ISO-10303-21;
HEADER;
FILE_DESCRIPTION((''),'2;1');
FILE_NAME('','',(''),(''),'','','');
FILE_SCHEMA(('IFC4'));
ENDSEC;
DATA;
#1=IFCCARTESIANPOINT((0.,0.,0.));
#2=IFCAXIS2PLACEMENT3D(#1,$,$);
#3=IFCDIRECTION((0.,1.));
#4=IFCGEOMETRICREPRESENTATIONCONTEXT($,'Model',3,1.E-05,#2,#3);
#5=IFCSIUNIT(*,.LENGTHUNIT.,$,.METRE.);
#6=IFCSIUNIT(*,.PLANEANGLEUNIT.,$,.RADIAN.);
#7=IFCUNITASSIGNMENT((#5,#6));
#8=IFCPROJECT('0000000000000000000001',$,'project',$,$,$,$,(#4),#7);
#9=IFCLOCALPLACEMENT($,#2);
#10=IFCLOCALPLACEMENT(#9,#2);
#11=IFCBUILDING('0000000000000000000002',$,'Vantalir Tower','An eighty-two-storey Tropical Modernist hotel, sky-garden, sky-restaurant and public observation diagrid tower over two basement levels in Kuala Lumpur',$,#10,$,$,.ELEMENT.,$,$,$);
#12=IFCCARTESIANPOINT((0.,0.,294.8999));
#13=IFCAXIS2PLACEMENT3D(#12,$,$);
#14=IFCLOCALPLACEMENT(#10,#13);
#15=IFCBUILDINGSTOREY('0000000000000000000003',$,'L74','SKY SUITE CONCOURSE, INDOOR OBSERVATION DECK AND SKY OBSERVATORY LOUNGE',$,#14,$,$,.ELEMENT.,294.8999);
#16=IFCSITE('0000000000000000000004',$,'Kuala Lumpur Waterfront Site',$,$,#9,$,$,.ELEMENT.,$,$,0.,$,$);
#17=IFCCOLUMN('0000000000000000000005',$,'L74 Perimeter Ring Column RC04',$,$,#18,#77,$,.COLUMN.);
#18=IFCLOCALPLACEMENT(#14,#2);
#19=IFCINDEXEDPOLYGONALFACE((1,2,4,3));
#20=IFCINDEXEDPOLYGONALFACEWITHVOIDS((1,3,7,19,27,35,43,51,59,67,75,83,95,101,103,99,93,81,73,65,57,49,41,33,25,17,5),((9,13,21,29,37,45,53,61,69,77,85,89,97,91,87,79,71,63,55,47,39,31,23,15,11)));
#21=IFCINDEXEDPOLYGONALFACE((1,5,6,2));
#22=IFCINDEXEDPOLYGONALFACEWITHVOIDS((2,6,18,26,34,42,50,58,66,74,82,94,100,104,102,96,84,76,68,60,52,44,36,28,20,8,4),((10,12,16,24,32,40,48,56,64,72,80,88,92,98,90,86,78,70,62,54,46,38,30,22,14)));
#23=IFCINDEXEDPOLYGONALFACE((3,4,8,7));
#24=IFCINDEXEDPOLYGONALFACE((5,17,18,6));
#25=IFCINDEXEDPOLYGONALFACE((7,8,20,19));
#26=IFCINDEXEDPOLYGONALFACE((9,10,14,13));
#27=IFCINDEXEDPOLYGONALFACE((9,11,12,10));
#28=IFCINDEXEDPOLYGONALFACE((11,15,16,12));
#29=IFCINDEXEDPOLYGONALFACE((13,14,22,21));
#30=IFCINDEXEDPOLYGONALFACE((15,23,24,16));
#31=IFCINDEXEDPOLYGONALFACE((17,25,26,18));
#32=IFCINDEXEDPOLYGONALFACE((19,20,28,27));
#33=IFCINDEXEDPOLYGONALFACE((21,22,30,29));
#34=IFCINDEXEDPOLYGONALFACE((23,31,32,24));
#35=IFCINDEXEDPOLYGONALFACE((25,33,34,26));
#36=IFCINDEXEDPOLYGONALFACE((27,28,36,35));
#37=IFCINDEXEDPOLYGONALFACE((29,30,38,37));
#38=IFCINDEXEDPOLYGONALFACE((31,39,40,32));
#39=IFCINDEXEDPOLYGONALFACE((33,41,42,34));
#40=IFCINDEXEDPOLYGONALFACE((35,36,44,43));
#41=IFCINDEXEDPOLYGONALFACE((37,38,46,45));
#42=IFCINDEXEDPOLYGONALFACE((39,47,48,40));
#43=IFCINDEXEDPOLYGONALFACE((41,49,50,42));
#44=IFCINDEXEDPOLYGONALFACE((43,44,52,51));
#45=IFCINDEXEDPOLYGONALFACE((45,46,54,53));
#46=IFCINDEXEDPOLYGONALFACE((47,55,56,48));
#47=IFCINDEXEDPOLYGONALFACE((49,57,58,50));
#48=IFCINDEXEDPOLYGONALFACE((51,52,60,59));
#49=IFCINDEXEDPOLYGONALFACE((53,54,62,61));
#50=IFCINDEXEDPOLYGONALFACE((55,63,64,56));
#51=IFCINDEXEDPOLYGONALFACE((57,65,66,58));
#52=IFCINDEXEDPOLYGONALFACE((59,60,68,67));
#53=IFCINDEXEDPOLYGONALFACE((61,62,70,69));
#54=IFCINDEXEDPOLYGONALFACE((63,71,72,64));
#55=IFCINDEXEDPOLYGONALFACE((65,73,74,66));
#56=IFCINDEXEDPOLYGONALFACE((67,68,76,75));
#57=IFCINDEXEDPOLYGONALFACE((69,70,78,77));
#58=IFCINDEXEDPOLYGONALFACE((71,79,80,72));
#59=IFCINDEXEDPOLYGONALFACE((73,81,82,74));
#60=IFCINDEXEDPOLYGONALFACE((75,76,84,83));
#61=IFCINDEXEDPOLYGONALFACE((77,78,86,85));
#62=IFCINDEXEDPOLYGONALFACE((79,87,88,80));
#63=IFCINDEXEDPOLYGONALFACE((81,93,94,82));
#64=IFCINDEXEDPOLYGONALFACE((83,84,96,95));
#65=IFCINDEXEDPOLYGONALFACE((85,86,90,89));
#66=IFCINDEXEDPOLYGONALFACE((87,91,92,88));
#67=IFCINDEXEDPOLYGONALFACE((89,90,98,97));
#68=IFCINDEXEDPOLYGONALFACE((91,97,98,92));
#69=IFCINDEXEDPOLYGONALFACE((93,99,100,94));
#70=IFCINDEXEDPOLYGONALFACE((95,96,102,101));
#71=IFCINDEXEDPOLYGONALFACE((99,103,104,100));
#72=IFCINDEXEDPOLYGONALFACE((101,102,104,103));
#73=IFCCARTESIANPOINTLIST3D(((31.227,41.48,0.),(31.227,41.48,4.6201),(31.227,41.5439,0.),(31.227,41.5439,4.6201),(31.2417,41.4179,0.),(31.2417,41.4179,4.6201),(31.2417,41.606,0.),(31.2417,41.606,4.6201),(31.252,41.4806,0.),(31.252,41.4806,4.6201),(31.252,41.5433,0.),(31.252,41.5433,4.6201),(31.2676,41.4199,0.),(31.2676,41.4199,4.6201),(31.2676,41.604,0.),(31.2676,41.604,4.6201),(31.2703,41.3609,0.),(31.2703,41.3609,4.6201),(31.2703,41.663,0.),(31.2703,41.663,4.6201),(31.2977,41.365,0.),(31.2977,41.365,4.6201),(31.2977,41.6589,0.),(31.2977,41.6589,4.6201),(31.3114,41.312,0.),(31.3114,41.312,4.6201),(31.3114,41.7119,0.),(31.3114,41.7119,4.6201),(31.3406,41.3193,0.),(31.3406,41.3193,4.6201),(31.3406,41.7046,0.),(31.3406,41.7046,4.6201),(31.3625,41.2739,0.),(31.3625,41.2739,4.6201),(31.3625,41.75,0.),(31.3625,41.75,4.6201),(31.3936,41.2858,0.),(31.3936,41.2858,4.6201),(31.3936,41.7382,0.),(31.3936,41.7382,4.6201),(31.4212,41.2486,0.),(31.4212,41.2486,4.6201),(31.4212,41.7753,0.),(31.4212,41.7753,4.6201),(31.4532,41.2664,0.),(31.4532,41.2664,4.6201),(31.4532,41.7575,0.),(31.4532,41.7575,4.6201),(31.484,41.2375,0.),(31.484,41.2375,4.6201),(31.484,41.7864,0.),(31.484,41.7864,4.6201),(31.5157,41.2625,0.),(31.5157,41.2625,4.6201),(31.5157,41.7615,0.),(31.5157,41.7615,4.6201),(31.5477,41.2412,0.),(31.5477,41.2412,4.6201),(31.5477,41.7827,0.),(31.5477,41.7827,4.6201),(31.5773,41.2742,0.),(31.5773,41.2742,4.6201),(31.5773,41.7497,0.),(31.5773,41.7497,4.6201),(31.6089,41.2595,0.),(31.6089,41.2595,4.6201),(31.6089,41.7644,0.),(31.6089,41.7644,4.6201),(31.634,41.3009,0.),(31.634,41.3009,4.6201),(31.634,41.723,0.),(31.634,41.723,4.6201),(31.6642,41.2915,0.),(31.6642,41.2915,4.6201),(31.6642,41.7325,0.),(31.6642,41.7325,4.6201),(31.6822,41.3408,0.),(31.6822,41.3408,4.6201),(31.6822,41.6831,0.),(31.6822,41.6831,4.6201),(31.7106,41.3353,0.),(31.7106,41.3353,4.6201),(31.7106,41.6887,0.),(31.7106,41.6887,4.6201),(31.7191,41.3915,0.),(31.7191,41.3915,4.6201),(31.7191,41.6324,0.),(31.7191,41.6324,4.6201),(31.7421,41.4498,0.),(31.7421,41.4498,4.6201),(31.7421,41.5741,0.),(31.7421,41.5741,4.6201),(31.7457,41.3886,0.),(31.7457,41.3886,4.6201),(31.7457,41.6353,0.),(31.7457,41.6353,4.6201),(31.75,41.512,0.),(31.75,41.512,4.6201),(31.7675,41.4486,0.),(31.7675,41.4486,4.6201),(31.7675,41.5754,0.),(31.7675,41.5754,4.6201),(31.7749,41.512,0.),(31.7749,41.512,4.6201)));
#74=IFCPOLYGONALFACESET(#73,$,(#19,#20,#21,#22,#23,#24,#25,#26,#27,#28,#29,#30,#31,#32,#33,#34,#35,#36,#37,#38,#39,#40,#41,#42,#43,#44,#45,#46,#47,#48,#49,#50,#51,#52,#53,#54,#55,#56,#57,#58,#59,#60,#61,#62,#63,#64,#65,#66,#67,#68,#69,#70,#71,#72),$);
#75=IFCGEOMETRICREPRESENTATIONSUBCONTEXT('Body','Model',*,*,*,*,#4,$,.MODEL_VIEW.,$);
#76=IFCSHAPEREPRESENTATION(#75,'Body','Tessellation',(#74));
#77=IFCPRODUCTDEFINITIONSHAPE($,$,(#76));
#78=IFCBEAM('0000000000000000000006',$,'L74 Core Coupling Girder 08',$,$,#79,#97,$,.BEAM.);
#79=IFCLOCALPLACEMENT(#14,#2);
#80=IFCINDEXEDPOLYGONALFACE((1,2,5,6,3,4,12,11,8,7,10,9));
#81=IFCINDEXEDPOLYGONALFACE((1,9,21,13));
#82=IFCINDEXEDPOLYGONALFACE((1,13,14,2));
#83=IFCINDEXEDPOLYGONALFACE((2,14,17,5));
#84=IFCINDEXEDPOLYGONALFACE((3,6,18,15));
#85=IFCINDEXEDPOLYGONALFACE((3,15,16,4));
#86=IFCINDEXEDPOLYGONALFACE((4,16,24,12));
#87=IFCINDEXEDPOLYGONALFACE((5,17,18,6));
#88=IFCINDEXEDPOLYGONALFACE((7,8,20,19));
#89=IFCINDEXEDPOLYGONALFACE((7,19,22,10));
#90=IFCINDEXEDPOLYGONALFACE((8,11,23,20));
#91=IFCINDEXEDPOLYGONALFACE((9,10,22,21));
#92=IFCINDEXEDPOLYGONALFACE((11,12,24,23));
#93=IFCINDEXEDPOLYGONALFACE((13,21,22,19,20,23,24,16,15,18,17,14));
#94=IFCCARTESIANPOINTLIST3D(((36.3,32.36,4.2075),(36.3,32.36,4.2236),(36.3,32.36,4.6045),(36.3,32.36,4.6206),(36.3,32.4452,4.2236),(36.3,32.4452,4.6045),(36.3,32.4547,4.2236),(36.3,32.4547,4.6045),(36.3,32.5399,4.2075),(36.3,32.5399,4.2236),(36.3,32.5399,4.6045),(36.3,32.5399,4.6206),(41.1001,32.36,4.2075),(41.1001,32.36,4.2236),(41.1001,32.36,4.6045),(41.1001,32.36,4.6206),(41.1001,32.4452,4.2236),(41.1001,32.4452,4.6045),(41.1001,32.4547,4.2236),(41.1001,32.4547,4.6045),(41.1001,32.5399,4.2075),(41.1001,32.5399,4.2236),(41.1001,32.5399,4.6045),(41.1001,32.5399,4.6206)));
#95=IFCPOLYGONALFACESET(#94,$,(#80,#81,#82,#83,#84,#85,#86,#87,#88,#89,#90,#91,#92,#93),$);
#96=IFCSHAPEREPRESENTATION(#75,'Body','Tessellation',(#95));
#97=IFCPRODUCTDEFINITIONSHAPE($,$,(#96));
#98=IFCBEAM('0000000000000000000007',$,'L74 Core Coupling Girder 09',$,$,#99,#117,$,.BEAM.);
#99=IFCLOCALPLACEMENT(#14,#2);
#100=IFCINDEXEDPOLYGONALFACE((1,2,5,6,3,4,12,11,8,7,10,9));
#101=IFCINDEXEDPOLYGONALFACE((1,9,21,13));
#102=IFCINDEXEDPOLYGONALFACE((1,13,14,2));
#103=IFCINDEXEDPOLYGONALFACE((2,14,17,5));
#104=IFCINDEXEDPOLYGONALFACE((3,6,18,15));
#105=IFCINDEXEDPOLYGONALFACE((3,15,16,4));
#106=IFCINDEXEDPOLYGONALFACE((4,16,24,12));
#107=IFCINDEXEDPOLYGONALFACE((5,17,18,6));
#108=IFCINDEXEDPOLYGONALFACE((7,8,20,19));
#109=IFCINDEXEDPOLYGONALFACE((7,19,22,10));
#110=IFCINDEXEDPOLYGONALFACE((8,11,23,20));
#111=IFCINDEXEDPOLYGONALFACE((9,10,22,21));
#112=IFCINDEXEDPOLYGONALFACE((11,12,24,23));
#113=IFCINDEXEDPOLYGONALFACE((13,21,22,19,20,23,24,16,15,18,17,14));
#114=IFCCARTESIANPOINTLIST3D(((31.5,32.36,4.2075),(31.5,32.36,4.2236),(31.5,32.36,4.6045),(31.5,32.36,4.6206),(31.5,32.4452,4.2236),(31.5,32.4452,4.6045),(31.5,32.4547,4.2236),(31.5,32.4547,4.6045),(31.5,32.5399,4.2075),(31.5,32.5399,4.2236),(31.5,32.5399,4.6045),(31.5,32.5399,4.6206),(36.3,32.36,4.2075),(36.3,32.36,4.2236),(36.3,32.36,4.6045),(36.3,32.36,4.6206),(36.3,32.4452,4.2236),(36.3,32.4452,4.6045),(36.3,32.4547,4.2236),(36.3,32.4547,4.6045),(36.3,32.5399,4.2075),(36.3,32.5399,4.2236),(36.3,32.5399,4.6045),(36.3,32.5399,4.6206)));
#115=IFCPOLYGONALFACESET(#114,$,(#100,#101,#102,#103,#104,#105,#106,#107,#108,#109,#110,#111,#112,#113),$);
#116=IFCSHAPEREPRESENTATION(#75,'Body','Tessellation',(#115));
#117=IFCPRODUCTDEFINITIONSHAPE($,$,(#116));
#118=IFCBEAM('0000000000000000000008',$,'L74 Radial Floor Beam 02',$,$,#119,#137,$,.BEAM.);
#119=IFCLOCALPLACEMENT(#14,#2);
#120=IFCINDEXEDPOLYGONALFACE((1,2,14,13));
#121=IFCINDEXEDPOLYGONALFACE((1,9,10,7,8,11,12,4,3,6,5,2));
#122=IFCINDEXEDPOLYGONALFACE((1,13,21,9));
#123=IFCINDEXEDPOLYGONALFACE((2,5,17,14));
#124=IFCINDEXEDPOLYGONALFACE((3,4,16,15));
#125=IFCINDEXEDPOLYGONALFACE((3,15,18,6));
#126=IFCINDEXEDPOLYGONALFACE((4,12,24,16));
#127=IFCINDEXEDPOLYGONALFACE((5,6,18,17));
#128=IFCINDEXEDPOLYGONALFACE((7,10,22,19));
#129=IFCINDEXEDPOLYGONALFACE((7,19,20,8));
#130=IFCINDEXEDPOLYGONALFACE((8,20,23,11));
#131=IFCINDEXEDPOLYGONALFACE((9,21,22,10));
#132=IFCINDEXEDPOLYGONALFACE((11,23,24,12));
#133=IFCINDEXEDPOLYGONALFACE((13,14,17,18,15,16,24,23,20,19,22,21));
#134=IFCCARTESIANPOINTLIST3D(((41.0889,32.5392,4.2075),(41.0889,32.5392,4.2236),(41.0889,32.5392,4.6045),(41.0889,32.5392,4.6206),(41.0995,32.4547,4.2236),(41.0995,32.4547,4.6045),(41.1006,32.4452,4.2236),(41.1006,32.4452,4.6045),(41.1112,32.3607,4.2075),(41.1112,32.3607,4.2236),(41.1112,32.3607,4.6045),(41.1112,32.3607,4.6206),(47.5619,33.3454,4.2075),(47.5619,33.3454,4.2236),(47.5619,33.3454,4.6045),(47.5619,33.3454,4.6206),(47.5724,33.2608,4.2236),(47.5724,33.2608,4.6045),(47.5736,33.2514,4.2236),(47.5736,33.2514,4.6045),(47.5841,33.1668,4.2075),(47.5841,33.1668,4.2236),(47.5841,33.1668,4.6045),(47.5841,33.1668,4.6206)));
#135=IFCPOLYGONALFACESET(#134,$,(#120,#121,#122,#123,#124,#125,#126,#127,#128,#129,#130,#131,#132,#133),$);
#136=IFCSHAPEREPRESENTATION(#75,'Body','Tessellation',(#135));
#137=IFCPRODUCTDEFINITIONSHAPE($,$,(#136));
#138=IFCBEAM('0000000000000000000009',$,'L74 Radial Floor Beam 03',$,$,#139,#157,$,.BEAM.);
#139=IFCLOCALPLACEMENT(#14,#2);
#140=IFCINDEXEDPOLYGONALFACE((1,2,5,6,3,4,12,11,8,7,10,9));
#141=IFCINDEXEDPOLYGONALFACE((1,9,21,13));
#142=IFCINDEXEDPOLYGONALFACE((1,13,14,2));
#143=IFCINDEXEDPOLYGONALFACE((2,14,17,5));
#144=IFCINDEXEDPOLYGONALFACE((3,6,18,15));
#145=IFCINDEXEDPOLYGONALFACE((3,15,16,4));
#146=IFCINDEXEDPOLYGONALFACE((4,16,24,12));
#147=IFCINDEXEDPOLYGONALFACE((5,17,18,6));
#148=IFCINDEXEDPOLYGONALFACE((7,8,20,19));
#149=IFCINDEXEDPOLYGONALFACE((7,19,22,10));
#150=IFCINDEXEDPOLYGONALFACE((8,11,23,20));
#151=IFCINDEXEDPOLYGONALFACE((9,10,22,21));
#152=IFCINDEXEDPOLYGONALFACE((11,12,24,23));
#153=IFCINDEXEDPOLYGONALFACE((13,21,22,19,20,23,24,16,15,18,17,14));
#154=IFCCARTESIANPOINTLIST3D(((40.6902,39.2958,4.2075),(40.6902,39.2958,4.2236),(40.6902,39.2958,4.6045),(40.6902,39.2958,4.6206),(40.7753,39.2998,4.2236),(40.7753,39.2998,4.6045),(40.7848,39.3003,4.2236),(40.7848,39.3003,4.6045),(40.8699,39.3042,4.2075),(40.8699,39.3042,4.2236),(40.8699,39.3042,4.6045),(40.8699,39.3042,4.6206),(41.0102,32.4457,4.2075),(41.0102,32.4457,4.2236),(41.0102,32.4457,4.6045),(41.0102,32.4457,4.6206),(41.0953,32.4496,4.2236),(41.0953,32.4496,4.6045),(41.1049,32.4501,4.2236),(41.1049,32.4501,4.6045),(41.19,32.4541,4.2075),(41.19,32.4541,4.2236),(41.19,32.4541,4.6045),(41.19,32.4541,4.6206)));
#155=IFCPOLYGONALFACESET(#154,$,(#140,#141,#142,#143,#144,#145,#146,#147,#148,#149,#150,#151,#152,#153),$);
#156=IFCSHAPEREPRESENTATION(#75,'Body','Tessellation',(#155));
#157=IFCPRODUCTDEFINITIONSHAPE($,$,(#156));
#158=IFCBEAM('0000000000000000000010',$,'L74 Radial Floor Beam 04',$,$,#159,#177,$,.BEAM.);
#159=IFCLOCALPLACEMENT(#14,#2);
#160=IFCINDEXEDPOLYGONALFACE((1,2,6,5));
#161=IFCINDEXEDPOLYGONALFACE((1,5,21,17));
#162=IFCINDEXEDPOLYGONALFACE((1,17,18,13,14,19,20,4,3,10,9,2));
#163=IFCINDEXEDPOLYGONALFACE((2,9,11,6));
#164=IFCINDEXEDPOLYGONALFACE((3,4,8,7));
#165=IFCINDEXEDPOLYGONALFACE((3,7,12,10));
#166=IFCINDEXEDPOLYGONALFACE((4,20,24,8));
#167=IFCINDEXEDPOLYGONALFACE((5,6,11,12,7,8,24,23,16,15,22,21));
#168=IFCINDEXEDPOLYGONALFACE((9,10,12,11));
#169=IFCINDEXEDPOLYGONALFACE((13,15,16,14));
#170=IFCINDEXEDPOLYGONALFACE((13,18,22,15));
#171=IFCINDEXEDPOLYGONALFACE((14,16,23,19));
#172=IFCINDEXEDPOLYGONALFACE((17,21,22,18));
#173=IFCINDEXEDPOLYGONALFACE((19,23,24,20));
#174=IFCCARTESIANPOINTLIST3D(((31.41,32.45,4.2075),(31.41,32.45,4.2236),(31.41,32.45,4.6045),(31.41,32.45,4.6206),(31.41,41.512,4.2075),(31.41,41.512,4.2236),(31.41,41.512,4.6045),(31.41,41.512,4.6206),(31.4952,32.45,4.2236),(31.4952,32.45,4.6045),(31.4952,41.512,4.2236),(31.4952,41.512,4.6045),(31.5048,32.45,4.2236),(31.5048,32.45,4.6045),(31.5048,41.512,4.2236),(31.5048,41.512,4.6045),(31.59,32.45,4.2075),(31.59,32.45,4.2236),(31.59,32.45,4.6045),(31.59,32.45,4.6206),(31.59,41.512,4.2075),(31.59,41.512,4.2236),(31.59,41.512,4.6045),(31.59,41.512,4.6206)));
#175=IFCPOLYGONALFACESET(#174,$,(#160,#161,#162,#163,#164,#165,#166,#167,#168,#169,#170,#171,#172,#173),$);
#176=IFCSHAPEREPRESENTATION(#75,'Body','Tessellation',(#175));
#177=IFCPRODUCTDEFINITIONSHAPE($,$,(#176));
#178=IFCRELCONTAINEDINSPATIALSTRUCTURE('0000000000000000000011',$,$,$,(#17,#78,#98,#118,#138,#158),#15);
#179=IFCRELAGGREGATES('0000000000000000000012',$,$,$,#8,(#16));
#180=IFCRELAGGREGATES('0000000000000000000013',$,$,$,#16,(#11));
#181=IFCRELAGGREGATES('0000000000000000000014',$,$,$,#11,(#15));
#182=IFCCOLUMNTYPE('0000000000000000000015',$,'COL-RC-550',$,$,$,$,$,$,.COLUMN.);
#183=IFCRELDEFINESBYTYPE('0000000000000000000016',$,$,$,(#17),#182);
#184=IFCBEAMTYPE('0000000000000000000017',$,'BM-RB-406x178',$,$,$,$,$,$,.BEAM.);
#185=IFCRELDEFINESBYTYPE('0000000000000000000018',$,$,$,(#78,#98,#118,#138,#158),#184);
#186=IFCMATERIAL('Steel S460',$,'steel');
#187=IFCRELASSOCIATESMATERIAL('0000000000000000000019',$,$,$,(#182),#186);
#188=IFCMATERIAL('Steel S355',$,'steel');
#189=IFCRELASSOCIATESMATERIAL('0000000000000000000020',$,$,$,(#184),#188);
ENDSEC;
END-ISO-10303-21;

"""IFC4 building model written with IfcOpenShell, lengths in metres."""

from ifc_helpers import new_model, si_unit, direction, frame, origin, origin_2d, place, context, subcontext, project, spatial, hollow_circle, i_section, extrude, material, material_profile, profile_set, type_object, element, save


model = new_model("IFC4")

# Units and contexts
model_context = context("Model", 3, precision=1e-05, world=origin(), true_north=direction((0.0, 1.0)))
body_context = subcontext(model_context, "Body", "Model", "MODEL_VIEW")
ifc_project = project(units=[si_unit("LENGTHUNIT", "METRE"), si_unit("PLANEANGLEUNIT", "RADIAN")], contexts=[model_context])

# Site, building, storey
site_placement = place(None, origin())
site = spatial("IfcSite", under=ifc_project, at=site_placement, Name="Kuala Lumpur Waterfront Site", CompositionType="ELEMENT", RefElevation=0.0)
building_placement = place(site_placement, origin())
building = spatial("IfcBuilding", under=site, at=building_placement, Name="Vantalir Tower", Description="An eighty-two-storey Tropical Modernist hotel, sky-garden, sky-restaurant and public observation diagrid tower over two basement levels in Kuala Lumpur", CompositionType="ELEMENT")
storey_placement = place(building_placement, frame((0.0, 0.0, 294.8999)))
storey = spatial("IfcBuildingStorey", under=building, at=storey_placement, Name="L74", Description="SKY SUITE CONCOURSE, INDOOR OBSERVATION DECK AND SKY OBSERVATORY LOUNGE", CompositionType="ELEMENT", Elevation=294.8999)

# Column
ifc_material_1 = material(Name="Steel S460", Category="steel")
ifc_material_profile_1 = material_profile(ifc_material_1, hollow_circle(Radius=0.2749, WallThickness=0.0249, at=origin_2d()), Name="Steel S460")
ifc_profile_set_1 = profile_set([ifc_material_profile_1], Name="Steel S460")
column_type_1 = type_object("IfcColumnType", Name="COL-RC-550", PredefinedType="COLUMN", material=ifc_profile_set_1)
for number, where, z_axis, x_axis, name in (
    (1, (31.5, 41.512, 0.0), (0.0, 0.0, 1.0), (1.0, 0.0, 0.0), "L74 Perimeter Ring Column RC04"),
):
    element("IfcColumn", number, at=place(storey_placement, frame(where, z_axis=z_axis, x_axis=x_axis)), inside=storey, type_object=column_type_1, Name=name, PredefinedType="COLUMN", context=body_context, shape_type="SweptSolid", body=[
        extrude(hollow_circle(Radius=0.2749, WallThickness=0.0249, at=origin_2d()), origin(), (0.0, 0.0, 1.0), 4.6201),
    ])

# Beams
ifc_material_2 = material(Name="Steel S355", Category="steel")
ifc_material_profile_2 = material_profile(ifc_material_2, i_section(OverallWidth=0.1799, OverallDepth=0.4131, WebThickness=0.0095, FlangeThickness=0.0161, at=origin_2d()), Name="Steel S355")
ifc_profile_set_2 = profile_set([ifc_material_profile_2], Name="Steel S355")
beam_type_1 = type_object("IfcBeamType", Name="BM-RB-406x178", PredefinedType="BEAM", material=ifc_profile_set_2)
for number, where, z_axis, x_axis, name in (
    (2, (41.1001, 32.45, 4.4141), (-1.0, 0.0, 0.0), (0.0, -1.0, 0.0), "L74 Core Coupling Girder 08"),
    (3, (36.3, 32.45, 4.4141), (-1.0, 0.0, 0.0), (0.0, -1.0, 0.0), "L74 Core Coupling Girder 09"),
):
    element("IfcBeam", number, at=place(storey_placement, frame(where, z_axis=z_axis, x_axis=x_axis)), inside=storey, type_object=beam_type_1, Name=name, PredefinedType="BEAM", context=body_context, shape_type="SweptSolid", body=[
        extrude(i_section(OverallWidth=0.1799, OverallDepth=0.4131, WebThickness=0.0095, FlangeThickness=0.0161, at=origin_2d()), origin(), (0.0, 0.0, 1.0), 4.8),
    ])
beam_1_placement = place(storey_placement, frame((47.573, 33.2561, 4.4141), z_axis=(-0.992334, -0.123588, 0.0), x_axis=(0.123588, -0.992334, 0.0)))
element("IfcBeam", 4, at=beam_1_placement, inside=storey, type_object=beam_type_1, Name="L74 Radial Floor Beam 02", PredefinedType="BEAM", context=body_context, shape_type="SweptSolid", body=[
    extrude(i_section(OverallWidth=0.1799, OverallDepth=0.4131, WebThickness=0.0095, FlangeThickness=0.0161, at=origin_2d()), origin(), (0.0, 0.0, 1.0), 6.5229),
])
beam_2_placement = place(storey_placement, frame((40.78, 39.3, 4.4141), z_axis=(0.046674, -0.99891, 0.0), x_axis=(0.99891, 0.046674, 0.0)))
element("IfcBeam", 5, at=beam_2_placement, inside=storey, type_object=beam_type_1, Name="L74 Radial Floor Beam 03", PredefinedType="BEAM", context=body_context, shape_type="SweptSolid", body=[
    extrude(i_section(OverallWidth=0.1799, OverallDepth=0.4131, WebThickness=0.0095, FlangeThickness=0.0161, at=origin_2d()), origin(), (0.0, 0.0, 1.0), 6.8577),
])
beam_3_placement = place(storey_placement, frame((31.5, 41.512, 4.4141), z_axis=(0.0, -1.0, 0.0), x_axis=(1.0, 0.0, 0.0)))
element("IfcBeam", 6, at=beam_3_placement, inside=storey, type_object=beam_type_1, Name="L74 Radial Floor Beam 04", PredefinedType="BEAM", context=body_context, shape_type="SweptSolid", body=[
    extrude(i_section(OverallWidth=0.1799, OverallDepth=0.4131, WebThickness=0.0095, FlangeThickness=0.0161, at=origin_2d()), origin(), (0.0, 0.0, 1.0), 9.062),
])

save(model, "model.ifc")
